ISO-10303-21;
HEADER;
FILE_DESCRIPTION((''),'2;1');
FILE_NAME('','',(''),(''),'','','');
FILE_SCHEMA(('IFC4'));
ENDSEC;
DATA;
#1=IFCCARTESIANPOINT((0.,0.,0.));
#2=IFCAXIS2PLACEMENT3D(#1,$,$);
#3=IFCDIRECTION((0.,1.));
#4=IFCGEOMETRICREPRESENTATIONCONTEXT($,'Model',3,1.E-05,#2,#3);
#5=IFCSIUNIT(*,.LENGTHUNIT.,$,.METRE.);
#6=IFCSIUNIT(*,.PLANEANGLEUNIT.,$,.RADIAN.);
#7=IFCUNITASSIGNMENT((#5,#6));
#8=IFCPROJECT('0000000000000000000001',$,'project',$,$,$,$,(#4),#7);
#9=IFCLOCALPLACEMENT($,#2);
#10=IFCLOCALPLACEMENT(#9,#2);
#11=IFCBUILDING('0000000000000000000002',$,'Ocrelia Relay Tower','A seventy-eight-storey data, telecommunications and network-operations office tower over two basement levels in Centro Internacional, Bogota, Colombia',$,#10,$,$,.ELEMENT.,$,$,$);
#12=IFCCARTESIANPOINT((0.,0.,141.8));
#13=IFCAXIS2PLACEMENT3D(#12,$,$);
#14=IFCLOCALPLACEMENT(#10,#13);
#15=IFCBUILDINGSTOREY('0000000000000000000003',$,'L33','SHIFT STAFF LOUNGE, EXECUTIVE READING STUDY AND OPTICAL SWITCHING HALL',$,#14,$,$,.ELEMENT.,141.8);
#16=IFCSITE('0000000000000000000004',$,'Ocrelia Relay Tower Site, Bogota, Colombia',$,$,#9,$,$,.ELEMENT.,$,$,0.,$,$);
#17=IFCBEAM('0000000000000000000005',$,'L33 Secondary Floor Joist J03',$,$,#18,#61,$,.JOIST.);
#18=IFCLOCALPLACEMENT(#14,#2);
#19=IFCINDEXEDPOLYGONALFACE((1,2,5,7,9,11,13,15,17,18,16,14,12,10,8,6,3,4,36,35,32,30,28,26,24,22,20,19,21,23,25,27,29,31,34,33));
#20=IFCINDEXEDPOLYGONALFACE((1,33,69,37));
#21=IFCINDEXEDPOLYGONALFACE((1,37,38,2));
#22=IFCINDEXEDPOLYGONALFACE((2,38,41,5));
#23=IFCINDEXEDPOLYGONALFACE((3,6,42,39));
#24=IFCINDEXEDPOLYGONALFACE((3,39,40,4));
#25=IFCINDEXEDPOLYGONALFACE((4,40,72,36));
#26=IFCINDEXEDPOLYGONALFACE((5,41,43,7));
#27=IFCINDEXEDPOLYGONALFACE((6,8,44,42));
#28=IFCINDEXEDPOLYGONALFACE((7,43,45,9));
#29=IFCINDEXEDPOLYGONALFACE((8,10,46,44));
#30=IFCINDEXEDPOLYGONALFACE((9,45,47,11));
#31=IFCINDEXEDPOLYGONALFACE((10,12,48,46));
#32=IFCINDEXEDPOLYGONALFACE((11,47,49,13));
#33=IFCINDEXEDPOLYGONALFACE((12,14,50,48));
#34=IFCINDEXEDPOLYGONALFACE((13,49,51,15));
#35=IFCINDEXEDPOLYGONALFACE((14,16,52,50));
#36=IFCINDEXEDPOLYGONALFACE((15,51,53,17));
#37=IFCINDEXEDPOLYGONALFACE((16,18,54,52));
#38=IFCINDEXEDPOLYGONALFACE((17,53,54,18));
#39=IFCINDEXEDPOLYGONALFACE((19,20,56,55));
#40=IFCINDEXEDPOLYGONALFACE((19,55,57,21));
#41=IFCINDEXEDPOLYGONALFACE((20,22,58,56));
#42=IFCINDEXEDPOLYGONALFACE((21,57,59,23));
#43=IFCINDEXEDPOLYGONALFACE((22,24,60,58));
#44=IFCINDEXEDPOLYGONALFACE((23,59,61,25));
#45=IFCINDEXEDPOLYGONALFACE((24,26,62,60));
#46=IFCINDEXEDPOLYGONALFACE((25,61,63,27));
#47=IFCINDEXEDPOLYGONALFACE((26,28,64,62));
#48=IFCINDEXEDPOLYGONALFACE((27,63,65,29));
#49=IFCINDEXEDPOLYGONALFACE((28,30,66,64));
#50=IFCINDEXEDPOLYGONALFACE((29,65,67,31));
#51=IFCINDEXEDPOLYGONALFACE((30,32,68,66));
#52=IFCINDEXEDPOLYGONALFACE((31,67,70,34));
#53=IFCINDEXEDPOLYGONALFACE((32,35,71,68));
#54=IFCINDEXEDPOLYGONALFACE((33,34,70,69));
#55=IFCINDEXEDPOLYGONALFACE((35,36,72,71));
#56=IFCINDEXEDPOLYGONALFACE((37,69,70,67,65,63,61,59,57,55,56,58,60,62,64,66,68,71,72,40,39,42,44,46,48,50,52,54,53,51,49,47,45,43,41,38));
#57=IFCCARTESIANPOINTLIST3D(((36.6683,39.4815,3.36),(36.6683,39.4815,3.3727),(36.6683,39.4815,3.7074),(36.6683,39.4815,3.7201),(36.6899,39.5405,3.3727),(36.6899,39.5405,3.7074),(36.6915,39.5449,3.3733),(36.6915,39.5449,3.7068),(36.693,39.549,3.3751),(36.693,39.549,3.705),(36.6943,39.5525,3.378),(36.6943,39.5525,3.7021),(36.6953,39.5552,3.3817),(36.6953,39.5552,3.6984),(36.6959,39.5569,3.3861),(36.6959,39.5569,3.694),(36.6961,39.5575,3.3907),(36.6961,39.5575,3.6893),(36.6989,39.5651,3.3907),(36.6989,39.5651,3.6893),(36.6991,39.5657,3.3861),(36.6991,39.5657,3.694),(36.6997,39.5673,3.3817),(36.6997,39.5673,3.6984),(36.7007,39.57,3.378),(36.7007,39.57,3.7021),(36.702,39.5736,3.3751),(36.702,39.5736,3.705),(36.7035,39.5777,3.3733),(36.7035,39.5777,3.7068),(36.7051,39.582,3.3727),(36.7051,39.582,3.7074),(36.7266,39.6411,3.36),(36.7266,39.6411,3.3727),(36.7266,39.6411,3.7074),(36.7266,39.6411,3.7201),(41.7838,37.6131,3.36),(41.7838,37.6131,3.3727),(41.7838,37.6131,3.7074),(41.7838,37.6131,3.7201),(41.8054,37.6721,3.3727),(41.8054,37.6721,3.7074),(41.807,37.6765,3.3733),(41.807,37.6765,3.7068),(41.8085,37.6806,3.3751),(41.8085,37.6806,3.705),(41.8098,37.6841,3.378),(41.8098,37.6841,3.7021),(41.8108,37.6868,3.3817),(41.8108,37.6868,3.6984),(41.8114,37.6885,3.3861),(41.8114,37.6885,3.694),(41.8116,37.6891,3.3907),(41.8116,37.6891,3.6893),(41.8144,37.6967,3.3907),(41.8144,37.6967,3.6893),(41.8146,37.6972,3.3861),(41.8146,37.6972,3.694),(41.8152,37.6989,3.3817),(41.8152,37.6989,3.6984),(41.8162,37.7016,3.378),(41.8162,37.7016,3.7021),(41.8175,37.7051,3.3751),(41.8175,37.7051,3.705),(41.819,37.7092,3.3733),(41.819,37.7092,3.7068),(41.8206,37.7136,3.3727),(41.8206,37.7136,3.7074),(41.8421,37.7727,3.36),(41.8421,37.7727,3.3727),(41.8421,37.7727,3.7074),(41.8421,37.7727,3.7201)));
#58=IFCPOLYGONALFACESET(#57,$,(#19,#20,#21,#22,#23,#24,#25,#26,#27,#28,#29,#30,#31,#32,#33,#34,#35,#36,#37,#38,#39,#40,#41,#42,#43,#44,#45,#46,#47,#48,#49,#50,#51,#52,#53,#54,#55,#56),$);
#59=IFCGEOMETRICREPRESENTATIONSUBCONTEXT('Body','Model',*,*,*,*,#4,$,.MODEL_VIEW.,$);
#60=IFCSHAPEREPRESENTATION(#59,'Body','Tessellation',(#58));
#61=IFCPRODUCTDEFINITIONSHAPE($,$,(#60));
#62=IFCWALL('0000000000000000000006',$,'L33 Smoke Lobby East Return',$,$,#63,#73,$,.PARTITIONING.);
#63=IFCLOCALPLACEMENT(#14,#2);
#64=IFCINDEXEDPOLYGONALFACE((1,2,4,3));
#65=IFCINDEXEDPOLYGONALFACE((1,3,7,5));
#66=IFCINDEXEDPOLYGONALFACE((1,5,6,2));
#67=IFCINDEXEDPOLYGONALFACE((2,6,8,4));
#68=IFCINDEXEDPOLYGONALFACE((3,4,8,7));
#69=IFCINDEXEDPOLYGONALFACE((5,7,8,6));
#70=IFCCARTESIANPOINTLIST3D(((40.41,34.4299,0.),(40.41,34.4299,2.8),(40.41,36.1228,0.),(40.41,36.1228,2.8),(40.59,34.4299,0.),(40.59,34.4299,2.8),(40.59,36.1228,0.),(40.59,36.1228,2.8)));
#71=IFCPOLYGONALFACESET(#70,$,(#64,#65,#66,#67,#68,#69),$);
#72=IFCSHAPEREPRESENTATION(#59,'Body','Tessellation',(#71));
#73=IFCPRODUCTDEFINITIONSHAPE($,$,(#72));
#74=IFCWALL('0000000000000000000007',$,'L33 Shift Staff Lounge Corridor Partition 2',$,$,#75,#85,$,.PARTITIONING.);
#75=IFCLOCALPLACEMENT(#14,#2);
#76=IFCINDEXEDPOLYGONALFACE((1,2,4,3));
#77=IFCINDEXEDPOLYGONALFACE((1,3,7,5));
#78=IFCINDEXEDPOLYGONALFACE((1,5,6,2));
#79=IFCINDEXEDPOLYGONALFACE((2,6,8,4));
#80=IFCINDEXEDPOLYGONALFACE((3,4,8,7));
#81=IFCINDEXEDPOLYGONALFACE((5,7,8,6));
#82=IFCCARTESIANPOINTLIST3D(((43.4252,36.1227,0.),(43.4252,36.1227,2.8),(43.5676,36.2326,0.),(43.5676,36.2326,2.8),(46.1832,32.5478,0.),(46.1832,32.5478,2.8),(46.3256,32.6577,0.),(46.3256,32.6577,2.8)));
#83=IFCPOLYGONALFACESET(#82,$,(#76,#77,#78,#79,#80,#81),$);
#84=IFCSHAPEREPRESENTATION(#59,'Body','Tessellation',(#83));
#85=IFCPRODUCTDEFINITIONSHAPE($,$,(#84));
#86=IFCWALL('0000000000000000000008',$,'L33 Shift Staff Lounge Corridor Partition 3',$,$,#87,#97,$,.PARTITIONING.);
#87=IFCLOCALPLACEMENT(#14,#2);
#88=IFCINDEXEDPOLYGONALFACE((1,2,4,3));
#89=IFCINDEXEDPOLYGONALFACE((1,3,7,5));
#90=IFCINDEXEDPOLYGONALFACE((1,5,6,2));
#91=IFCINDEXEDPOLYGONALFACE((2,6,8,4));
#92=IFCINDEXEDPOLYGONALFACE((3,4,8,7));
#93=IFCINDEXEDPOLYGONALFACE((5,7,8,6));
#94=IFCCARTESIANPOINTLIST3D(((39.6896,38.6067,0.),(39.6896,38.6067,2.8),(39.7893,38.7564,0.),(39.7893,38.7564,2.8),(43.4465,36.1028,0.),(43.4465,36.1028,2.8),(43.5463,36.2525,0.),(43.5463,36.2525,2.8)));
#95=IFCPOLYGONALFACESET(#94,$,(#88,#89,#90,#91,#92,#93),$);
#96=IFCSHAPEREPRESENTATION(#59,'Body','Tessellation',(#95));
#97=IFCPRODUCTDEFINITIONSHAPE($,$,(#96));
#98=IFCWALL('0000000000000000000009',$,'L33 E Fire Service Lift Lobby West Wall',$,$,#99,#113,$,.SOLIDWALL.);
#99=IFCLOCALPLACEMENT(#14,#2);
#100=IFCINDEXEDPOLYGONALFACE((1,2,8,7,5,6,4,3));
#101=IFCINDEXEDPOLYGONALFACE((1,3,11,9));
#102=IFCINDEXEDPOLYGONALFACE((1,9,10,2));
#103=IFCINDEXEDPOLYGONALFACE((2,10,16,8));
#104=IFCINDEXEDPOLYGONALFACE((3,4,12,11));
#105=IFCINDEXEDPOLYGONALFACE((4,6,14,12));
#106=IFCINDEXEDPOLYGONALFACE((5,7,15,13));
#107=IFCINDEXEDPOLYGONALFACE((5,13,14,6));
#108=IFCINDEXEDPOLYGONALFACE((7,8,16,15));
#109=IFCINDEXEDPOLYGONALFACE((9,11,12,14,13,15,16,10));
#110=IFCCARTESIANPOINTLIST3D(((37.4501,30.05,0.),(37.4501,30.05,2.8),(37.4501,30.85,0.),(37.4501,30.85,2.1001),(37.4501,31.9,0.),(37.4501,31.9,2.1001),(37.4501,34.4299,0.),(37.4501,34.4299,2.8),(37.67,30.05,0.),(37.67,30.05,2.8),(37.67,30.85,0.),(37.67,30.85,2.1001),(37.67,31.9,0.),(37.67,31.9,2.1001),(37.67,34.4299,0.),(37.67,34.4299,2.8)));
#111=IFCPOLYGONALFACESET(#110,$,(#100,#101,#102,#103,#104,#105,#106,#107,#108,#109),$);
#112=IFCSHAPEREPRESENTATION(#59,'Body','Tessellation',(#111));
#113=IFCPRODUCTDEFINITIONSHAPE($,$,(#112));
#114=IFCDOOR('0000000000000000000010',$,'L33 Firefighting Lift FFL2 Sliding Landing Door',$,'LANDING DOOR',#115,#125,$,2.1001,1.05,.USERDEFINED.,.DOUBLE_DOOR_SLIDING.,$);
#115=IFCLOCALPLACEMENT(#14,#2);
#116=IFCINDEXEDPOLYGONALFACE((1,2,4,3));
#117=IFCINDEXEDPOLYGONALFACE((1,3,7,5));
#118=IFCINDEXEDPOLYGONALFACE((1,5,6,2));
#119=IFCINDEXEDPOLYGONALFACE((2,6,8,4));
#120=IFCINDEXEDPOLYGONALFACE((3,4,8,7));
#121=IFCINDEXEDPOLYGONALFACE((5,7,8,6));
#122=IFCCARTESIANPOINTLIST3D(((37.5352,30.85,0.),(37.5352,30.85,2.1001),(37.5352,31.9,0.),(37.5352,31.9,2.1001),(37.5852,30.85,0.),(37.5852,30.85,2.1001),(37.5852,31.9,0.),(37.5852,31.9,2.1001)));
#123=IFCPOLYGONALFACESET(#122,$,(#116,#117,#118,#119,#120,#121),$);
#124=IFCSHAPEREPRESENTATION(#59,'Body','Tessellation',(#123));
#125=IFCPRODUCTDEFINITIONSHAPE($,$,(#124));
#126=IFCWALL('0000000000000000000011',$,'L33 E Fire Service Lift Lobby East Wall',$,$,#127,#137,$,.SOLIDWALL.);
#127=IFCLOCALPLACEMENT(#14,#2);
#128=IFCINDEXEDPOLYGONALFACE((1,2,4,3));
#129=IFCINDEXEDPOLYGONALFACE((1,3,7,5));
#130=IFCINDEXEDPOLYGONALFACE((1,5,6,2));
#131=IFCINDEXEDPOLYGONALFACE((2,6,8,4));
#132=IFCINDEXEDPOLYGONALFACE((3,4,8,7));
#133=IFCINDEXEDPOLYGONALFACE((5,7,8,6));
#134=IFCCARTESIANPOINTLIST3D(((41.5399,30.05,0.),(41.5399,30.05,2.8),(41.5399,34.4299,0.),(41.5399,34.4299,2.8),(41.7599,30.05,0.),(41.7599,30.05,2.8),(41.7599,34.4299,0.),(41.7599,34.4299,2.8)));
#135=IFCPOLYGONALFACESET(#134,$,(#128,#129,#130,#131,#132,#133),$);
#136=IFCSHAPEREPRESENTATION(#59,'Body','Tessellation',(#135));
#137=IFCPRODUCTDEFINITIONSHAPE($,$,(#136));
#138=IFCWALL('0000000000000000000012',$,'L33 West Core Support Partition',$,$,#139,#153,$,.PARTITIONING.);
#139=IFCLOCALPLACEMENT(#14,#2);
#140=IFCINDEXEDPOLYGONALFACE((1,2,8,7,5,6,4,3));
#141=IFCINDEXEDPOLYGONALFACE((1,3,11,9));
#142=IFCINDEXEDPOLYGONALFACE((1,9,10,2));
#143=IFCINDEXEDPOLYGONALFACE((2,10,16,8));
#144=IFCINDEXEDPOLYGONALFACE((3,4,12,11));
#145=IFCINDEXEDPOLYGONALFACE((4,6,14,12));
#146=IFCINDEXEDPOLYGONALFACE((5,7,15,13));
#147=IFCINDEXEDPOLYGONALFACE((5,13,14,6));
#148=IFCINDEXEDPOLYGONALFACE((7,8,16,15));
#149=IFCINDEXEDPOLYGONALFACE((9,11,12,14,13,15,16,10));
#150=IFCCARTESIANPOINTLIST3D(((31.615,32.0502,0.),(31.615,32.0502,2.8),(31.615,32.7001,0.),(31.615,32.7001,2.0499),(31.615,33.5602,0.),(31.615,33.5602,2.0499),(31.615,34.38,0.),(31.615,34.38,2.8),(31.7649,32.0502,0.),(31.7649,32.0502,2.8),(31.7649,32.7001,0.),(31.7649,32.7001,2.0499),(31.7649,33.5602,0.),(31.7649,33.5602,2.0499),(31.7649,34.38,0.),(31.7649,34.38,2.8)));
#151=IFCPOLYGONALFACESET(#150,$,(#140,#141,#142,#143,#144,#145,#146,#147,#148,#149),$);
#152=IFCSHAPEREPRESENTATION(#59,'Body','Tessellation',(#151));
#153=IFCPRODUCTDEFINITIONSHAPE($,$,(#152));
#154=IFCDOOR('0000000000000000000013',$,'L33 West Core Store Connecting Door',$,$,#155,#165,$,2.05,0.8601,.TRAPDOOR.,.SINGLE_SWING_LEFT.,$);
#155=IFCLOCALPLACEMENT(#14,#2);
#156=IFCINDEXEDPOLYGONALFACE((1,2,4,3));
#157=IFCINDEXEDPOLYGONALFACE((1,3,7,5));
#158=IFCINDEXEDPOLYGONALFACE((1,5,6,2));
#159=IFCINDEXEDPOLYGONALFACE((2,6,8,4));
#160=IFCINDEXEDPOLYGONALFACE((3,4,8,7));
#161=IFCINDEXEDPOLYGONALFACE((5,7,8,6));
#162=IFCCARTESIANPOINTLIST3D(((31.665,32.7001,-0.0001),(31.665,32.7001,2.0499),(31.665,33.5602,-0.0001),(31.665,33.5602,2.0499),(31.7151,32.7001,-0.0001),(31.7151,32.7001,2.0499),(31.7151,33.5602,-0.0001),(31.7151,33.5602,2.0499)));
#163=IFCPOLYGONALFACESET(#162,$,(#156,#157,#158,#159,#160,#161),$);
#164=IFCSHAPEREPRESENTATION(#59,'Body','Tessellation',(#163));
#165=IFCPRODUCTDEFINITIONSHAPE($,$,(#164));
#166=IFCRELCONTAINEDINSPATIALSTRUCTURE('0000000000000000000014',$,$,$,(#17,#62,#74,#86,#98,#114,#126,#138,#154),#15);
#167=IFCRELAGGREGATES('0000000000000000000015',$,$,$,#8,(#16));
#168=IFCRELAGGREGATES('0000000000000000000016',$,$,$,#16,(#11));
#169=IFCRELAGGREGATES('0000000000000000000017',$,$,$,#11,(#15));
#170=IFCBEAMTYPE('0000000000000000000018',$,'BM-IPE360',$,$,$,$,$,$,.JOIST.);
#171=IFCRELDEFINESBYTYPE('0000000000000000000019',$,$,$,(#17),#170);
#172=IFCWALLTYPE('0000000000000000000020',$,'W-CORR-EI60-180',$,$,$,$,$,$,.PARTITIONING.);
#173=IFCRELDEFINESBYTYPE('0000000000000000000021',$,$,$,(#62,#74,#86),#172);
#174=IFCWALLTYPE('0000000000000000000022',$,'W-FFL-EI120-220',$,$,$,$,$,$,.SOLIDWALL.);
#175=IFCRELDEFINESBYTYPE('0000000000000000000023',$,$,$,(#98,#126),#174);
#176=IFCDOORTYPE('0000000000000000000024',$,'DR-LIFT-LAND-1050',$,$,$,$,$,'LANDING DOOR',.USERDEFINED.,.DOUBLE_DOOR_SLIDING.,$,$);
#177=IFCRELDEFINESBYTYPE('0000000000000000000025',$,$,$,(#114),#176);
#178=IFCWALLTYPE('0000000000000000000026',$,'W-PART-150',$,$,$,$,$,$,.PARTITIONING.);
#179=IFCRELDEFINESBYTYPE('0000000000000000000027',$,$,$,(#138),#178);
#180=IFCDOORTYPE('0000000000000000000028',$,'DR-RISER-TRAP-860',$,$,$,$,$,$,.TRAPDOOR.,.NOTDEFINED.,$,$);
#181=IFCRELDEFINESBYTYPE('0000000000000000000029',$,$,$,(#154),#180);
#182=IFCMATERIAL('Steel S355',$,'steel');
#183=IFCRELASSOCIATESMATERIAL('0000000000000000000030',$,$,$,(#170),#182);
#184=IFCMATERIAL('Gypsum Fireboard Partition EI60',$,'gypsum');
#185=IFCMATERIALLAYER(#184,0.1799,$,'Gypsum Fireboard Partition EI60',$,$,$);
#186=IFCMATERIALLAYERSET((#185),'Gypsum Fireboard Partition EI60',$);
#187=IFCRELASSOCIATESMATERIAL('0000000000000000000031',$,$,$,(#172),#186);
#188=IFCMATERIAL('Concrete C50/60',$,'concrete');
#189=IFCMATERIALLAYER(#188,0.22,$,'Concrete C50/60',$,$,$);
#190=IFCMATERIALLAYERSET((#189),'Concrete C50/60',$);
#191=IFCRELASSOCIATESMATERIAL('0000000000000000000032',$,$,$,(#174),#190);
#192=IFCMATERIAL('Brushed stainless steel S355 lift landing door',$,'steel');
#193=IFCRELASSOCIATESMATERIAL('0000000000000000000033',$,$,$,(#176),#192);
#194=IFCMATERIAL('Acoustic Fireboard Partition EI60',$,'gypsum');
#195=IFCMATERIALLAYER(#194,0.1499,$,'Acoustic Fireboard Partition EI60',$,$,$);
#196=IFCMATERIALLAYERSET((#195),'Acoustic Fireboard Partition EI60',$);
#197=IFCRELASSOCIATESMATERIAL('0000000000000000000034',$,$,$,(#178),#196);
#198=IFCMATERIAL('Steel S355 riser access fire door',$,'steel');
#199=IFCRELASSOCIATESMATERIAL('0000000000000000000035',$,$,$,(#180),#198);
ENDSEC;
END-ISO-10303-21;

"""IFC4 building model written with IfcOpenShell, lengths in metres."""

from ifc_helpers import new_model, si_unit, direction, frame, frame_2d, origin, origin_2d, place, context, subcontext, project, spatial, rectangle, i_section, extrude, material, layer, layer_set, material_profile, profile_set, type_object, element, fill, save


model = new_model("IFC4")

# Units and contexts
model_context = context("Model", 3, precision=1e-05, world=origin(), true_north=direction((0.0, 1.0)))
body_context = subcontext(model_context, "Body", "Model", "MODEL_VIEW")
ifc_project = project(units=[si_unit("LENGTHUNIT", "METRE"), si_unit("PLANEANGLEUNIT", "RADIAN")], contexts=[model_context])

# Site, building, storey
site_placement = place(None, origin())
site = spatial("IfcSite", under=ifc_project, at=site_placement, Name="Ocrelia Relay Tower Site, Bogota, Colombia", CompositionType="ELEMENT", RefElevation=0.0)
building_placement = place(site_placement, origin())
building = spatial("IfcBuilding", under=site, at=building_placement, Name="Ocrelia Relay Tower", Description="A seventy-eight-storey data, telecommunications and network-operations office tower over two basement levels in Centro Internacional, Bogota, Colombia", CompositionType="ELEMENT")
storey_placement = place(building_placement, frame((0.0, 0.0, 141.8)))
storey = spatial("IfcBuildingStorey", under=building, at=storey_placement, Name="L33", Description="SHIFT STAFF LOUNGE, EXECUTIVE READING STUDY AND OPTICAL SWITCHING HALL", CompositionType="ELEMENT", Elevation=141.8)

# Beam
ifc_material_1 = material(Name="Steel S355", Category="steel")
ifc_material_profile_1 = material_profile(ifc_material_1, i_section(OverallWidth=0.1699, OverallDepth=0.3601, WebThickness=0.0081, FlangeThickness=0.0127, FilletRadius=0.0181, at=origin_2d()), Name="IPE 360")
ifc_profile_set_1 = profile_set([ifc_material_profile_1], Name="Steel S355")
beam_type = type_object("IfcBeamType", Name="BM-IPE360", PredefinedType="JOIST", material=ifc_profile_set_1)
beam_1_placement = place(storey_placement, frame((41.813, 37.6929, 3.54), z_axis=(-0.939307, 0.343078, 0.0), x_axis=(-0.343078, -0.939307, 0.0)))
element("IfcBeam", 1, at=beam_1_placement, inside=storey, type_object=beam_type, Name="L33 Secondary Floor Joist J03", PredefinedType="JOIST", context=body_context, shape_type="SweptSolid", body=[
    extrude(i_section(OverallWidth=0.1699, OverallDepth=0.3601, WebThickness=0.0081, FlangeThickness=0.0127, FilletRadius=0.0181, at=origin_2d()), origin(), (0.0, 0.0, 1.0), 5.446),
])

# Wall
ifc_material_2 = material(Name="Gypsum Fireboard Partition EI60", Category="gypsum")
ifc_layer_1 = layer(ifc_material_2, 0.1799, Name="Gypsum Fireboard Partition EI60")
ifc_layer_set_1 = layer_set([ifc_layer_1], Name="Gypsum Fireboard Partition EI60")
wall_type_1 = type_object("IfcWallType", Name="W-CORR-EI60-180", PredefinedType="PARTITIONING", material=ifc_layer_set_1)
wall_1_placement = place(storey_placement, frame((40.5, 36.1228, 0.0), z_axis=(0.0, 0.0, 1.0), x_axis=(0.0, -1.0, 0.0)))
element("IfcWall", 2, at=wall_1_placement, inside=storey, type_object=wall_type_1, Name="L33 Smoke Lobby East Return", PredefinedType="PARTITIONING", context=body_context, shape_type="SweptSolid", body=[
    extrude(rectangle(XDim=1.6929, YDim=0.1799, at=frame_2d((0.8464, 0.0))), origin(), (0.0, 0.0, 1.0), 2.8),
])

# Walls
wall_2_placement = place(storey_placement, frame((46.2544, 32.6028, 0.0), z_axis=(0.0, 0.0, 1.0), x_axis=(-0.610836, 0.791757, 0.0)))
element("IfcWall", 3, at=wall_2_placement, inside=storey, type_object=wall_type_1, Name="L33 Shift Staff Lounge Corridor Partition 2", PredefinedType="PARTITIONING", context=body_context, shape_type="SweptSolid", body=[
    extrude(rectangle(XDim=4.5151, YDim=0.1799, at=frame_2d((2.2576, 0.0))), origin(), (0.0, 0.0, 1.0), 2.8),
])
wall_3_placement = place(storey_placement, frame((43.4963, 36.1777, 0.0), z_axis=(0.0, 0.0, 1.0), x_axis=(-0.832133, 0.554575, 0.0)))
element("IfcWall", 4, at=wall_3_placement, inside=storey, type_object=wall_type_1, Name="L33 Shift Staff Lounge Corridor Partition 3", PredefinedType="PARTITIONING", context=body_context, shape_type="SweptSolid", body=[
    extrude(rectangle(XDim=4.5149, YDim=0.1799, at=frame_2d((2.2573, 0.0))), origin(), (0.0, 0.0, 1.0), 2.8),
])

# Wall, opening, door
ifc_material_3 = material(Name="Concrete C50/60", Category="concrete")
ifc_layer_2 = layer(ifc_material_3, 0.22, Name="Concrete C50/60")
ifc_layer_set_2 = layer_set([ifc_layer_2], Name="Concrete C50/60")
wall_type_2 = type_object("IfcWallType", Name="W-FFL-EI120-220", PredefinedType="SOLIDWALL", material=ifc_layer_set_2)
wall_4_placement = place(storey_placement, frame((37.5601, 30.05, 0.0), z_axis=(0.0, 0.0, 1.0), x_axis=(0.0, 1.0, 0.0)))
wall_4 = element("IfcWall", 5, at=wall_4_placement, inside=storey, type_object=wall_type_2, Name="L33 E Fire Service Lift Lobby West Wall", PredefinedType="SOLIDWALL", context=body_context, shape_type="SweptSolid", body=[
    extrude(rectangle(XDim=4.3799, YDim=0.22, at=frame_2d((2.1899, 0.0))), origin(), (0.0, 0.0, 1.0), 2.8),
])
opening_1_placement = place(wall_4_placement, frame((0.8, 0.0, 0.0)))
opening_1 = element("IfcOpeningElement", 6, at=opening_1_placement, cuts=wall_4, PredefinedType="OPENING", context=body_context, shape_type="SweptSolid", body=[
    extrude(rectangle(XDim=1.05, YDim=2.1001, at=frame_2d((0.5249, 1.05))), frame((0.0, 0.1201, 0.0), z_axis=(0.0, -1.0, 0.0), x_axis=(1.0, 0.0, 0.0)), (0.0, 0.0, 1.0), 0.24),
])
ifc_material_4 = material(Name="Brushed stainless steel S355 lift landing door", Category="steel")
door_type_1 = type_object("IfcDoorType", Name="DR-LIFT-LAND-1050", ElementType="LANDING DOOR", OperationType="DOUBLE_DOOR_SLIDING", PredefinedType="USERDEFINED", material=ifc_material_4)
door_1_placement = place(opening_1_placement, origin())
door_1 = element("IfcDoor", 7, at=door_1_placement, inside=storey, type_object=door_type_1, Name="L33 Firefighting Lift FFL2 Sliding Landing Door", ObjectType="LANDING DOOR", OperationType="DOUBLE_DOOR_SLIDING", OverallHeight=2.1001, OverallWidth=1.05, PredefinedType="USERDEFINED", context=body_context, shape_type="SweptSolid", body=[
    extrude(rectangle(XDim=1.05, YDim=2.1001, at=frame_2d((0.5249, 1.05))), frame((0.0, 0.0249, 0.0), z_axis=(0.0, -1.0, 0.0), x_axis=(1.0, 0.0, 0.0)), (0.0, 0.0, 1.0), 0.05),
])
fill(opening_1, door_1)

# Wall
wall_5_placement = place(storey_placement, frame((41.6499, 30.05, 0.0), z_axis=(0.0, 0.0, 1.0), x_axis=(0.0, 1.0, 0.0)))
element("IfcWall", 8, at=wall_5_placement, inside=storey, type_object=wall_type_2, Name="L33 E Fire Service Lift Lobby East Wall", PredefinedType="SOLIDWALL", context=body_context, shape_type="SweptSolid", body=[
    extrude(rectangle(XDim=4.3799, YDim=0.22, at=frame_2d((2.1899, 0.0))), origin(), (0.0, 0.0, 1.0), 2.8),
])

# Wall, opening, door
ifc_material_5 = material(Name="Acoustic Fireboard Partition EI60", Category="gypsum")
ifc_layer_3 = layer(ifc_material_5, 0.1499, Name="Acoustic Fireboard Partition EI60")
ifc_layer_set_3 = layer_set([ifc_layer_3], Name="Acoustic Fireboard Partition EI60")
wall_type_3 = type_object("IfcWallType", Name="W-PART-150", PredefinedType="PARTITIONING", material=ifc_layer_set_3)
wall_6_placement = place(storey_placement, frame((31.6899, 32.05, 0.0), z_axis=(0.0, 0.0, 1.0), x_axis=(0.0, 1.0, 0.0)))
wall_6 = element("IfcWall", 9, at=wall_6_placement, inside=storey, type_object=wall_type_3, Name="L33 West Core Support Partition", PredefinedType="PARTITIONING", context=body_context, shape_type="SweptSolid", body=[
    extrude(rectangle(XDim=2.3298, YDim=0.1499, at=frame_2d((1.165, 0.0))), origin(), (0.0, 0.0, 1.0), 2.8),
])
opening_2_placement = place(wall_6_placement, frame((0.6499, 0.0, 0.0)))
opening_2 = element("IfcOpeningElement", 10, at=opening_2_placement, cuts=wall_6, PredefinedType="OPENING", context=body_context, shape_type="SweptSolid", body=[
    extrude(rectangle(XDim=0.8601, YDim=2.05, at=frame_2d((0.4302, 1.0249))), frame((0.0, 0.085, 0.0), z_axis=(0.0, -1.0, 0.0), x_axis=(1.0, 0.0, 0.0)), (0.0, 0.0, 1.0), 0.1699),
])
ifc_material_6 = material(Name="Steel S355 riser access fire door", Category="steel")
door_type_2 = type_object("IfcDoorType", Name="DR-RISER-TRAP-860", OperationType="NOTDEFINED", PredefinedType="TRAPDOOR", material=ifc_material_6)
door_2_placement = place(opening_2_placement, origin())
door_2 = element("IfcDoor", 11, at=door_2_placement, inside=storey, type_object=door_type_2, Name="L33 West Core Store Connecting Door", OperationType="SINGLE_SWING_LEFT", OverallHeight=2.05, OverallWidth=0.8601, PredefinedType="TRAPDOOR", context=body_context, shape_type="SweptSolid", body=[
    extrude(rectangle(XDim=0.8601, YDim=2.05, at=frame_2d((0.4302, 1.0249))), frame((0.0, 0.0249, 0.0), z_axis=(0.0, -1.0, 0.0), x_axis=(1.0, 0.0, 0.0)), (0.0, 0.0, 1.0), 0.05),
])
fill(opening_2, door_2)

save(model, "model.ifc")
